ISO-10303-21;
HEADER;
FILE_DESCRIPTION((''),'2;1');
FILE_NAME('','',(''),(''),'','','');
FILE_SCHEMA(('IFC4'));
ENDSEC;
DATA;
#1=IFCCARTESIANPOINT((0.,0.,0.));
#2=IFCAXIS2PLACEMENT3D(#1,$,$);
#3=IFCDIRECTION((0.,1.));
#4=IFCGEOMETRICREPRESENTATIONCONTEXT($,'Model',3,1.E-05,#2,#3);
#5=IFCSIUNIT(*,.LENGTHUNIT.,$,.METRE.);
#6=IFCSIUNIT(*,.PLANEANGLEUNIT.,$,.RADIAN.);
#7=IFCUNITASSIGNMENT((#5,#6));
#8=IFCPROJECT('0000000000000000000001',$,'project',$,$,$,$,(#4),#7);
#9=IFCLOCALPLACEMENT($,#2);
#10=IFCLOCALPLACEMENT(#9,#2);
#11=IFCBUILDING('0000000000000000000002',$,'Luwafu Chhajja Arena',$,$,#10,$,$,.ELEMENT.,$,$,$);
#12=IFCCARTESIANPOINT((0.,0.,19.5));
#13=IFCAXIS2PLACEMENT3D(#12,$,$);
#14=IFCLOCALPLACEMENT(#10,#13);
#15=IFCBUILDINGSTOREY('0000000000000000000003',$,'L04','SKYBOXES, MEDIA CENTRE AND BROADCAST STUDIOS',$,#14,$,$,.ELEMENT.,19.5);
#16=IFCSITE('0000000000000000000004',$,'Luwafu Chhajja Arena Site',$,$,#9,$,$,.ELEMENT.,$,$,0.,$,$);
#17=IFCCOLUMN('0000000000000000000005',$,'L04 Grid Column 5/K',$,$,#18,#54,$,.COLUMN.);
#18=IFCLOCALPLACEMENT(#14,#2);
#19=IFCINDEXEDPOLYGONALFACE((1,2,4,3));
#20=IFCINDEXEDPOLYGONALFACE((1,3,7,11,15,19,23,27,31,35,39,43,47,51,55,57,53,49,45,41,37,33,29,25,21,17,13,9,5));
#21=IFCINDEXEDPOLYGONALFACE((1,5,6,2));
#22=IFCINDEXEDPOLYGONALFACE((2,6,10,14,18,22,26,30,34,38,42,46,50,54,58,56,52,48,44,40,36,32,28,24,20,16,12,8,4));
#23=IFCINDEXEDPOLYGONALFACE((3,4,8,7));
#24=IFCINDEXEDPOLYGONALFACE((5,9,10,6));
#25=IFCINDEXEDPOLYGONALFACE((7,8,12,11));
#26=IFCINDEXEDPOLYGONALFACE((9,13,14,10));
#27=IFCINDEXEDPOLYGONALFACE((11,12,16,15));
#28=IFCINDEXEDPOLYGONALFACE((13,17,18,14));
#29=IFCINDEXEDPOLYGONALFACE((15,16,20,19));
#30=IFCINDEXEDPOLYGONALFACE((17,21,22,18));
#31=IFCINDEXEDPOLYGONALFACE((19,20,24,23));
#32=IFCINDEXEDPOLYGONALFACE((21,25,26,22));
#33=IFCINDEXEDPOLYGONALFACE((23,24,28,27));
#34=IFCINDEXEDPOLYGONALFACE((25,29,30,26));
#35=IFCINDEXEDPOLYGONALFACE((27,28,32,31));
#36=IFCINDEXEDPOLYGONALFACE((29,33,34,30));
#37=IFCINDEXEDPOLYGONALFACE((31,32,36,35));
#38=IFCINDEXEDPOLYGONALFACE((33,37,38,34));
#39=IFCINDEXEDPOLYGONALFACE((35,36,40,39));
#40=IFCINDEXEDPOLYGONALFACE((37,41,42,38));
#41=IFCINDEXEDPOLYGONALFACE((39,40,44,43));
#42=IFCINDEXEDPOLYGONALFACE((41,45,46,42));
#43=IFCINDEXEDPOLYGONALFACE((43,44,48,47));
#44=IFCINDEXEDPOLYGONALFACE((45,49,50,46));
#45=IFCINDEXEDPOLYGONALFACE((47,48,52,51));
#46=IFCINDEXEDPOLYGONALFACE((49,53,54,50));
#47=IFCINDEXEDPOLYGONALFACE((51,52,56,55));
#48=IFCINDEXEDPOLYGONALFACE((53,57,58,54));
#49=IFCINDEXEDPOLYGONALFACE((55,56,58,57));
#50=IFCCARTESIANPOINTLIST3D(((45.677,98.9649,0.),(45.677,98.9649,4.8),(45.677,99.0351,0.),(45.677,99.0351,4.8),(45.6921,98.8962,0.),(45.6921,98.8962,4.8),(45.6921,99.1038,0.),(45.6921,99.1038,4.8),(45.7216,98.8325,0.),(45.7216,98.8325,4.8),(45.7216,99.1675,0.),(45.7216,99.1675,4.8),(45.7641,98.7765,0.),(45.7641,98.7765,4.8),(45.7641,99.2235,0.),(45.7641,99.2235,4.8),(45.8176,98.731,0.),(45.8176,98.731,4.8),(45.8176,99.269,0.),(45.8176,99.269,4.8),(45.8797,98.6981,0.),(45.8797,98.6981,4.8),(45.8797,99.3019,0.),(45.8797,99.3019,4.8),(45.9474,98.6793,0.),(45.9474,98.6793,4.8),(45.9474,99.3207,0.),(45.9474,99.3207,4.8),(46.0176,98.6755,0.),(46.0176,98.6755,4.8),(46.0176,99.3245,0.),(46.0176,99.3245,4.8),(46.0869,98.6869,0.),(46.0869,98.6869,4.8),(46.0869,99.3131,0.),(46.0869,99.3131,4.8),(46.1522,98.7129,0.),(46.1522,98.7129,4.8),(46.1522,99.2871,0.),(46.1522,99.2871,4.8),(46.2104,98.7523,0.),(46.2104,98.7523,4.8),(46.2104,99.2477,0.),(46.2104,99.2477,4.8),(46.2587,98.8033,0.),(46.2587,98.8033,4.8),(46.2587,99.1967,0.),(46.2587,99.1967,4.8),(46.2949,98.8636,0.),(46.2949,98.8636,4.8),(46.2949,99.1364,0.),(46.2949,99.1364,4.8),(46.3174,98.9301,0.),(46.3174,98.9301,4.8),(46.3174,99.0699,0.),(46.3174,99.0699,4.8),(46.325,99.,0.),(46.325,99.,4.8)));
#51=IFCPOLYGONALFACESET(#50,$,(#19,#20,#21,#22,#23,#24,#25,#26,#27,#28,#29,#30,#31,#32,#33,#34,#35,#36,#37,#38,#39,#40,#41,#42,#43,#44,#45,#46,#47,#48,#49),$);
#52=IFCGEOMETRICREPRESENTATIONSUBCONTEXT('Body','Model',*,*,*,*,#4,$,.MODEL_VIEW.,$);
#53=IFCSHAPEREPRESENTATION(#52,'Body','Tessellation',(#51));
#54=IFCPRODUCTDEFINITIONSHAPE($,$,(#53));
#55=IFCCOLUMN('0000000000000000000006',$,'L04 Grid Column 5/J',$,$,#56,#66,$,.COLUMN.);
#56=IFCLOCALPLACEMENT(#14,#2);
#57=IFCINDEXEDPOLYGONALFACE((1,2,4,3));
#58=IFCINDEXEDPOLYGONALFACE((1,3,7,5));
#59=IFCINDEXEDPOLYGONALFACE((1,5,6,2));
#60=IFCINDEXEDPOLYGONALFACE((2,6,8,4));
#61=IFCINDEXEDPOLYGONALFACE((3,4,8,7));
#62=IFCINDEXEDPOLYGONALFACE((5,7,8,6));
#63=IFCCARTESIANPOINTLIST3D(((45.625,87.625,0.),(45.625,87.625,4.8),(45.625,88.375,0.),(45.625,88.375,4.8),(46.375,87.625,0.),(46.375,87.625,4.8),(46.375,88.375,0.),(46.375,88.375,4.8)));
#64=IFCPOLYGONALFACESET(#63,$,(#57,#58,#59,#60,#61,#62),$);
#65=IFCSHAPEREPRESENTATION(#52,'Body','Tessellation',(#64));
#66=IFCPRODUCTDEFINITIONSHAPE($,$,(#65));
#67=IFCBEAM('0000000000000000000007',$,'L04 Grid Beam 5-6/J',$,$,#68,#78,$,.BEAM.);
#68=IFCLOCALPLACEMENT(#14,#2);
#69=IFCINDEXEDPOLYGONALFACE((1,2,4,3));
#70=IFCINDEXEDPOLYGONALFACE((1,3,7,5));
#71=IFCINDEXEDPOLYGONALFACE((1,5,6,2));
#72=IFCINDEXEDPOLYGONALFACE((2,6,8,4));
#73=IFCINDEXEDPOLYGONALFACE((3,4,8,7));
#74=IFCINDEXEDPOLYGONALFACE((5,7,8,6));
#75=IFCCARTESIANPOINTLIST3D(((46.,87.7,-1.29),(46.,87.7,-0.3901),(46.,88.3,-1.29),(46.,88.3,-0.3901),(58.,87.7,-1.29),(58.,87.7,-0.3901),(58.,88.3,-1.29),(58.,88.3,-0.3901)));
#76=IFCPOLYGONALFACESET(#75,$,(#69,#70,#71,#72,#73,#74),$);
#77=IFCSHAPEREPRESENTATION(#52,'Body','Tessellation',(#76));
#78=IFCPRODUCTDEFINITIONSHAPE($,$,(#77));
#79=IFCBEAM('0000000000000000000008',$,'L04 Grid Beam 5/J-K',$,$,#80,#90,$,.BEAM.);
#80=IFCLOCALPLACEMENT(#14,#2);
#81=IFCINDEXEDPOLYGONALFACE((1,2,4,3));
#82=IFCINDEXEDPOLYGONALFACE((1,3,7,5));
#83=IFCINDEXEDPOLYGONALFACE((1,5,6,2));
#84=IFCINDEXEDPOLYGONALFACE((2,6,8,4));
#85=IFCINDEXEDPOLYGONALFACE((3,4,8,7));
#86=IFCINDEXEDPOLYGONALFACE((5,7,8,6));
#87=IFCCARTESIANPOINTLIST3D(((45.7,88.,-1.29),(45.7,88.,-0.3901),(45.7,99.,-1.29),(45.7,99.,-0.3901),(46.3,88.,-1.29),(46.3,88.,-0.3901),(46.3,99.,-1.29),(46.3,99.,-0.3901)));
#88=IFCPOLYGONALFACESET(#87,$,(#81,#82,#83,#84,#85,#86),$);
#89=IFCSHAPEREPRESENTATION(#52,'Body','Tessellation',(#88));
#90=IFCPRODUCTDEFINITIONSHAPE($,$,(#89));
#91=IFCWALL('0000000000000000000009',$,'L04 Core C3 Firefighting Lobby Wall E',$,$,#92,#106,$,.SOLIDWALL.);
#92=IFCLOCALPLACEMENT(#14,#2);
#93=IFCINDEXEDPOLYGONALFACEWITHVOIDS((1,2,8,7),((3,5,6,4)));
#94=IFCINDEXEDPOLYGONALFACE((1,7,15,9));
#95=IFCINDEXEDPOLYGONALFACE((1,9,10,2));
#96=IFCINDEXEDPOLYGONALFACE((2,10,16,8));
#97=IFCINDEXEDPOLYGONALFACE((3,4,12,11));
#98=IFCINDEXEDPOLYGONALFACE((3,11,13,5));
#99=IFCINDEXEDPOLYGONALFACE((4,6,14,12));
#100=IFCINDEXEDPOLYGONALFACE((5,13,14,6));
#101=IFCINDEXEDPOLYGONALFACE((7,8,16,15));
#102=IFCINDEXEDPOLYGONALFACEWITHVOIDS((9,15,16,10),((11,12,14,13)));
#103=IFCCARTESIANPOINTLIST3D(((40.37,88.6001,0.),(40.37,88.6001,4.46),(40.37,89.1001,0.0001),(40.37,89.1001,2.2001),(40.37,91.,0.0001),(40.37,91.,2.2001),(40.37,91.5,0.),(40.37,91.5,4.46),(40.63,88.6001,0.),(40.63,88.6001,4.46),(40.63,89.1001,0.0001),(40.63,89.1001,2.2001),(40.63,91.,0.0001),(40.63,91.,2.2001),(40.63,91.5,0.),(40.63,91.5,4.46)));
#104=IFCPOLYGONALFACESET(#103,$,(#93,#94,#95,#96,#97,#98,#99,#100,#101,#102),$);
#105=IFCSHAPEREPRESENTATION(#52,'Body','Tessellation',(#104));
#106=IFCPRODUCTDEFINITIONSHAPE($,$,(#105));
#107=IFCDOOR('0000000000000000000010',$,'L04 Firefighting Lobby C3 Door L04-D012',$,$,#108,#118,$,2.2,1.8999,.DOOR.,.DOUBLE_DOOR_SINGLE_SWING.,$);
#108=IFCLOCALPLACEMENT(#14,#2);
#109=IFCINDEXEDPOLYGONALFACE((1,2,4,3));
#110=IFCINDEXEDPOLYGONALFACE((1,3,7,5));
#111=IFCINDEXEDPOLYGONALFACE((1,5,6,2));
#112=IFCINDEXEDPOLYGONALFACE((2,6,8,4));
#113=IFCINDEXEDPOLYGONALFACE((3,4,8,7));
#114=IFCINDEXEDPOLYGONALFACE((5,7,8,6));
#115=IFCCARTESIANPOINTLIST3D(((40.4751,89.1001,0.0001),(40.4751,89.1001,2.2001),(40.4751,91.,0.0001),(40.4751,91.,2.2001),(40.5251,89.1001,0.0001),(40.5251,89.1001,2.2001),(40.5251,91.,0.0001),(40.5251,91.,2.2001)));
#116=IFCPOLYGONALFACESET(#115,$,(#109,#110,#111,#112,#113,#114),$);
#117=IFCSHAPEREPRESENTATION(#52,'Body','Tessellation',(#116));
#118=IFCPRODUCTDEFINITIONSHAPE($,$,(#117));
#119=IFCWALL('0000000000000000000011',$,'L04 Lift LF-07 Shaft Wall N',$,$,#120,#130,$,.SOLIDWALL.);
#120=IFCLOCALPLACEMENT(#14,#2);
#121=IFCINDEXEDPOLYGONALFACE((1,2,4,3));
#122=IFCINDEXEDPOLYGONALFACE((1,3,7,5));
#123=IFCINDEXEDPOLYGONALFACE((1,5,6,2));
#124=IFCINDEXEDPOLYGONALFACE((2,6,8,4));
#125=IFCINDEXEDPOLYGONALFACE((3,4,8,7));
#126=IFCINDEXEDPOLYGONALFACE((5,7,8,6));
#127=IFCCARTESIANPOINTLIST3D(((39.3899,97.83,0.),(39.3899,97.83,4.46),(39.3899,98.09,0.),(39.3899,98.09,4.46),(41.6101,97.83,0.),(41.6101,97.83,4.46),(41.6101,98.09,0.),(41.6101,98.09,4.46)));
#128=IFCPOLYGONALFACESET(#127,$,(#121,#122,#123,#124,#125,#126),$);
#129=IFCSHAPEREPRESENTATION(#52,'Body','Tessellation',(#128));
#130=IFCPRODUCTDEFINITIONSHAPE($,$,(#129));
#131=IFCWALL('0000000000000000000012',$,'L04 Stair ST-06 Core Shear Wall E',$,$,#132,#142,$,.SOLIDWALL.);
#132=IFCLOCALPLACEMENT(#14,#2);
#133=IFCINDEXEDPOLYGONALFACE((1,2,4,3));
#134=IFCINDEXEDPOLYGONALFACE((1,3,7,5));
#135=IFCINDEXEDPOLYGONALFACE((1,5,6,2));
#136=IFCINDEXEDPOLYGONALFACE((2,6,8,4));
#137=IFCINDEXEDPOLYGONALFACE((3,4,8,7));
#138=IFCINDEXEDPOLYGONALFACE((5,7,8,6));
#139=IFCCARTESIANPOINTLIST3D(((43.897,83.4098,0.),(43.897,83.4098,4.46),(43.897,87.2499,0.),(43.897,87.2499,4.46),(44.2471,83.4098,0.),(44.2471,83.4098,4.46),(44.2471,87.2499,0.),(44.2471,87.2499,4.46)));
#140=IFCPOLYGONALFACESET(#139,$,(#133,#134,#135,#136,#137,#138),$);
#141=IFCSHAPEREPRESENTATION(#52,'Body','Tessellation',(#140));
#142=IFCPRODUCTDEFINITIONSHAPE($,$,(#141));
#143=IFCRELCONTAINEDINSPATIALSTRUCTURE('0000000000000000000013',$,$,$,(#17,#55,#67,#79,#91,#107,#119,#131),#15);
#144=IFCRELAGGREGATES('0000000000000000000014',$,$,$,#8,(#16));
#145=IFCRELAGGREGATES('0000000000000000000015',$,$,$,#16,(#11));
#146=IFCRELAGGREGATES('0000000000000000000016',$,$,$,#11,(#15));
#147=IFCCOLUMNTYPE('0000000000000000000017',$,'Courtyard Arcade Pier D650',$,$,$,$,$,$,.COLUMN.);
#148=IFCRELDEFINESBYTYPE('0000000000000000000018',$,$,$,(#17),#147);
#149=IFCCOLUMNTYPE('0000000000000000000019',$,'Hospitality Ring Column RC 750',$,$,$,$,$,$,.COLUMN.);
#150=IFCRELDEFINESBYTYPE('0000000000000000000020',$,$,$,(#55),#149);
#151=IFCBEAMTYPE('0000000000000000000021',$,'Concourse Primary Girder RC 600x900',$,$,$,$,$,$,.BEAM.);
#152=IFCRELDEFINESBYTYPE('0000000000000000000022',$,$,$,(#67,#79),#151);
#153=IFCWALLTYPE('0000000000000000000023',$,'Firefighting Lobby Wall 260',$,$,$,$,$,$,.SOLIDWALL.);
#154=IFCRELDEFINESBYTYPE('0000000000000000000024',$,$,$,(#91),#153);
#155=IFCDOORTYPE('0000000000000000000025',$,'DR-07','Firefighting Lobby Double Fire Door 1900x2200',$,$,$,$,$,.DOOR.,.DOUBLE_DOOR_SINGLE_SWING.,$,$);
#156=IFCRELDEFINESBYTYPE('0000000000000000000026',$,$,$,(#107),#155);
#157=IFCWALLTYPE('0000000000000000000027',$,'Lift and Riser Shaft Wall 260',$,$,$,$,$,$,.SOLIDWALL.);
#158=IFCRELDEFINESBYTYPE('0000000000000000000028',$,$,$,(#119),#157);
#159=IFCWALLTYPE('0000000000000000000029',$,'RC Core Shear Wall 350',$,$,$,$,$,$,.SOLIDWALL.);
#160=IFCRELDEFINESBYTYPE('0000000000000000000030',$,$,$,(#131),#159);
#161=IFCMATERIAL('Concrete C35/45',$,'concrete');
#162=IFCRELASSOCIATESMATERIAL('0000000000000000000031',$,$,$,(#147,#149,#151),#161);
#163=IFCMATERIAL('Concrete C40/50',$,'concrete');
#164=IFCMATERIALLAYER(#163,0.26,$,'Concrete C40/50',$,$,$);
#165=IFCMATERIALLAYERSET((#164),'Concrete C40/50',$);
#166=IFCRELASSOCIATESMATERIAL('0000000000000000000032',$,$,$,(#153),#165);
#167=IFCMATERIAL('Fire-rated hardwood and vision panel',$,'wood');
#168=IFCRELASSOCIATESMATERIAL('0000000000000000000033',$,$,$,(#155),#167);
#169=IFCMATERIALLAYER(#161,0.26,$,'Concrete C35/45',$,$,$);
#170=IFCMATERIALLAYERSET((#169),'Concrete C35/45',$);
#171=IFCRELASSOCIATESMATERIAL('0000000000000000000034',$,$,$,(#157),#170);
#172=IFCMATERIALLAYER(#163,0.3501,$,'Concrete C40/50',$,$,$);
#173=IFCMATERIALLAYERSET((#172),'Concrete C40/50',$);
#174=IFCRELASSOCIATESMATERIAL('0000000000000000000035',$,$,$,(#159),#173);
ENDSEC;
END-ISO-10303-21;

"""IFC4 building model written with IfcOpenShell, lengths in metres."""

from ifc_helpers import new_model, si_unit, direction, frame, frame_2d, origin, origin_2d, place, context, subcontext, project, spatial, rectangle, circle, extrude, material, layer, layer_set, material_profile, profile_set, type_object, element, fill, save


model = new_model("IFC4")

# Units and contexts
model_context = context("Model", 3, precision=1e-05, world=origin(), true_north=direction((0.0, 1.0)))
body_context = subcontext(model_context, "Body", "Model", "MODEL_VIEW")
ifc_project = project(units=[si_unit("LENGTHUNIT", "METRE"), si_unit("PLANEANGLEUNIT", "RADIAN")], contexts=[model_context])

# Site, building, storey
site_placement = place(None, origin())
site = spatial("IfcSite", under=ifc_project, at=site_placement, Name="Luwafu Chhajja Arena Site", CompositionType="ELEMENT", RefElevation=0.0)
building_placement = place(site_placement, origin())
building = spatial("IfcBuilding", under=site, at=building_placement, Name="Luwafu Chhajja Arena", CompositionType="ELEMENT")
storey_placement = place(building_placement, frame((0.0, 0.0, 19.5)))
storey = spatial("IfcBuildingStorey", under=building, at=storey_placement, Name="L04", Description="SKYBOXES, MEDIA CENTRE AND BROADCAST STUDIOS", CompositionType="ELEMENT", Elevation=19.5)

# Columns
ifc_material_1 = material(Name="Concrete C35/45", Category="concrete")
ifc_material_profile_1 = material_profile(ifc_material_1, circle(Radius=0.325, at=origin_2d()), Name="RC COL D650")
ifc_profile_set_1 = profile_set([ifc_material_profile_1], Name="Concrete C35/45")
column_type_1 = type_object("IfcColumnType", Name="Courtyard Arcade Pier D650", PredefinedType="COLUMN", material=ifc_profile_set_1)
column_1_placement = place(storey_placement, frame((46.0, 99.0, 0.0), z_axis=(0.0, 0.0, 1.0), x_axis=(1.0, 0.0, 0.0)))
element("IfcColumn", 1, at=column_1_placement, inside=storey, type_object=column_type_1, Name="L04 Grid Column 5/K", PredefinedType="COLUMN", context=body_context, shape_type="SweptSolid", body=[
    extrude(circle(Radius=0.325, at=origin_2d()), origin(), (0.0, 0.0, 1.0), 4.8),
])
ifc_material_profile_2 = material_profile(ifc_material_1, rectangle(XDim=0.75, YDim=0.75, at=origin_2d()), Name="RC 750x750")
ifc_profile_set_2 = profile_set([ifc_material_profile_2], Name="Concrete C35/45")
column_type_2 = type_object("IfcColumnType", Name="Hospitality Ring Column RC 750", PredefinedType="COLUMN", material=ifc_profile_set_2)
column_2_placement = place(storey_placement, frame((46.0, 88.0, 0.0), z_axis=(0.0, 0.0, 1.0), x_axis=(1.0, 0.0, 0.0)))
element("IfcColumn", 2, at=column_2_placement, inside=storey, type_object=column_type_2, Name="L04 Grid Column 5/J", PredefinedType="COLUMN", context=body_context, shape_type="SweptSolid", body=[
    extrude(rectangle(XDim=0.75, YDim=0.75, at=origin_2d()), origin(), (0.0, 0.0, 1.0), 4.8),
])

# Beams
ifc_material_profile_3 = material_profile(ifc_material_1, rectangle(XDim=0.6001, YDim=0.8999, at=origin_2d()), Name="RC 600x900")
ifc_profile_set_3 = profile_set([ifc_material_profile_3], Name="Concrete C35/45")
beam_type = type_object("IfcBeamType", Name="Concourse Primary Girder RC 600x900", PredefinedType="BEAM", material=ifc_profile_set_3)
beam_1_placement = place(storey_placement, frame((46.0, 88.0, -0.8401), z_axis=(1.0, 0.0, 0.0), x_axis=(0.0, 1.0, 0.0)))
element("IfcBeam", 3, at=beam_1_placement, inside=storey, type_object=beam_type, Name="L04 Grid Beam 5-6/J", PredefinedType="BEAM", context=body_context, shape_type="SweptSolid", body=[
    extrude(rectangle(XDim=0.6001, YDim=0.8999, at=origin_2d()), origin(), (0.0, 0.0, 1.0), 12.0),
])
beam_2_placement = place(storey_placement, frame((46.0, 88.0, -0.8401), z_axis=(0.0, 1.0, 0.0), x_axis=(-1.0, 0.0, 0.0)))
element("IfcBeam", 4, at=beam_2_placement, inside=storey, type_object=beam_type, Name="L04 Grid Beam 5/J-K", PredefinedType="BEAM", context=body_context, shape_type="SweptSolid", body=[
    extrude(rectangle(XDim=0.6001, YDim=0.8999, at=origin_2d()), origin(), (0.0, 0.0, 1.0), 11.0),
])

# Wall, opening, door
ifc_material_2 = material(Name="Concrete C40/50", Category="concrete")
ifc_layer_1 = layer(ifc_material_2, 0.26, Name="Concrete C40/50")
ifc_layer_set_1 = layer_set([ifc_layer_1], Name="Concrete C40/50")
wall_type_1 = type_object("IfcWallType", Name="Firefighting Lobby Wall 260", PredefinedType="SOLIDWALL", material=ifc_layer_set_1)
wall_1_placement = place(storey_placement, frame((40.5, 88.6001, 0.0), z_axis=(0.0, 0.0, 1.0), x_axis=(0.0, 1.0, 0.0)))
wall_1 = element("IfcWall", 5, at=wall_1_placement, inside=storey, type_object=wall_type_1, Name="L04 Core C3 Firefighting Lobby Wall E", PredefinedType="SOLIDWALL", context=body_context, shape_type="SweptSolid", body=[
    extrude(rectangle(XDim=2.8999, YDim=0.26, at=frame_2d((1.45, 0.0))), origin(), (0.0, 0.0, 1.0), 4.46),
])
opening_1_placement = place(wall_1_placement, frame((0.5, 0.0, 0.0)))
opening_1 = element("IfcOpeningElement", 6, at=opening_1_placement, cuts=wall_1, PredefinedType="OPENING", context=body_context, shape_type="SweptSolid", body=[
    extrude(rectangle(XDim=1.8999, YDim=2.2, at=frame_2d((0.95, 1.1001))), frame((0.0, 0.1399, 0.0), z_axis=(0.0, -1.0, 0.0), x_axis=(1.0, 0.0, 0.0)), (0.0, 0.0, 1.0), 0.28),
])
ifc_material_3 = material(Name="Fire-rated hardwood and vision panel", Category="wood")
door_type_1 = type_object("IfcDoorType", Name="DR-07", Description="Firefighting Lobby Double Fire Door 1900x2200", OperationType="DOUBLE_DOOR_SINGLE_SWING", PredefinedType="DOOR", material=ifc_material_3)
door_1_placement = place(opening_1_placement, origin())
door_1 = element("IfcDoor", 7, at=door_1_placement, inside=storey, type_object=door_type_1, Name="L04 Firefighting Lobby C3 Door L04-D012", OperationType="DOUBLE_DOOR_SINGLE_SWING", OverallHeight=2.2, OverallWidth=1.8999, PredefinedType="DOOR", context=body_context, shape_type="SweptSolid", body=[
    extrude(rectangle(XDim=1.8999, YDim=2.2, at=frame_2d((0.95, 1.1001))), frame((0.0, 0.0249, 0.0), z_axis=(0.0, -1.0, 0.0), x_axis=(1.0, 0.0, 0.0)), (0.0, 0.0, 1.0), 0.05),
])
fill(opening_1, door_1)

# Shared definitions
ifc_layer_2 = layer(ifc_material_1, 0.26, Name="Concrete C35/45")
ifc_layer_set_2 = layer_set([ifc_layer_2], Name="Concrete C35/45")
wall_type_2 = type_object("IfcWallType", Name="Lift and Riser Shaft Wall 260", PredefinedType="SOLIDWALL", material=ifc_layer_set_2)

# Walls
wall_2_placement = place(storey_placement, frame((39.3899, 97.96, 0.0), z_axis=(0.0, 0.0, 1.0), x_axis=(1.0, 0.0, 0.0)))
element("IfcWall", 8, at=wall_2_placement, inside=storey, type_object=wall_type_2, Name="L04 Lift LF-07 Shaft Wall N", PredefinedType="SOLIDWALL", context=body_context, shape_type="SweptSolid", body=[
    extrude(rectangle(XDim=2.2202, YDim=0.26, at=frame_2d((1.1101, 0.0))), origin(), (0.0, 0.0, 1.0), 4.46),
])
ifc_layer_3 = layer(ifc_material_2, 0.3501, Name="Concrete C40/50")
ifc_layer_set_3 = layer_set([ifc_layer_3], Name="Concrete C40/50")
wall_type_3 = type_object("IfcWallType", Name="RC Core Shear Wall 350", PredefinedType="SOLIDWALL", material=ifc_layer_set_3)
wall_3_placement = place(storey_placement, frame((44.072, 83.4099, 0.0), z_axis=(0.0, 0.0, 1.0), x_axis=(0.0, 1.0, 0.0)))
element("IfcWall", 9, at=wall_3_placement, inside=storey, type_object=wall_type_3, Name="L04 Stair ST-06 Core Shear Wall E", PredefinedType="SOLIDWALL", context=body_context, shape_type="SweptSolid", body=[
    extrude(rectangle(XDim=3.8401, YDim=0.3501, at=frame_2d((1.9199, 0.0))), origin(), (0.0, 0.0, 1.0), 4.46),
])

save(model, "model.ifc")
